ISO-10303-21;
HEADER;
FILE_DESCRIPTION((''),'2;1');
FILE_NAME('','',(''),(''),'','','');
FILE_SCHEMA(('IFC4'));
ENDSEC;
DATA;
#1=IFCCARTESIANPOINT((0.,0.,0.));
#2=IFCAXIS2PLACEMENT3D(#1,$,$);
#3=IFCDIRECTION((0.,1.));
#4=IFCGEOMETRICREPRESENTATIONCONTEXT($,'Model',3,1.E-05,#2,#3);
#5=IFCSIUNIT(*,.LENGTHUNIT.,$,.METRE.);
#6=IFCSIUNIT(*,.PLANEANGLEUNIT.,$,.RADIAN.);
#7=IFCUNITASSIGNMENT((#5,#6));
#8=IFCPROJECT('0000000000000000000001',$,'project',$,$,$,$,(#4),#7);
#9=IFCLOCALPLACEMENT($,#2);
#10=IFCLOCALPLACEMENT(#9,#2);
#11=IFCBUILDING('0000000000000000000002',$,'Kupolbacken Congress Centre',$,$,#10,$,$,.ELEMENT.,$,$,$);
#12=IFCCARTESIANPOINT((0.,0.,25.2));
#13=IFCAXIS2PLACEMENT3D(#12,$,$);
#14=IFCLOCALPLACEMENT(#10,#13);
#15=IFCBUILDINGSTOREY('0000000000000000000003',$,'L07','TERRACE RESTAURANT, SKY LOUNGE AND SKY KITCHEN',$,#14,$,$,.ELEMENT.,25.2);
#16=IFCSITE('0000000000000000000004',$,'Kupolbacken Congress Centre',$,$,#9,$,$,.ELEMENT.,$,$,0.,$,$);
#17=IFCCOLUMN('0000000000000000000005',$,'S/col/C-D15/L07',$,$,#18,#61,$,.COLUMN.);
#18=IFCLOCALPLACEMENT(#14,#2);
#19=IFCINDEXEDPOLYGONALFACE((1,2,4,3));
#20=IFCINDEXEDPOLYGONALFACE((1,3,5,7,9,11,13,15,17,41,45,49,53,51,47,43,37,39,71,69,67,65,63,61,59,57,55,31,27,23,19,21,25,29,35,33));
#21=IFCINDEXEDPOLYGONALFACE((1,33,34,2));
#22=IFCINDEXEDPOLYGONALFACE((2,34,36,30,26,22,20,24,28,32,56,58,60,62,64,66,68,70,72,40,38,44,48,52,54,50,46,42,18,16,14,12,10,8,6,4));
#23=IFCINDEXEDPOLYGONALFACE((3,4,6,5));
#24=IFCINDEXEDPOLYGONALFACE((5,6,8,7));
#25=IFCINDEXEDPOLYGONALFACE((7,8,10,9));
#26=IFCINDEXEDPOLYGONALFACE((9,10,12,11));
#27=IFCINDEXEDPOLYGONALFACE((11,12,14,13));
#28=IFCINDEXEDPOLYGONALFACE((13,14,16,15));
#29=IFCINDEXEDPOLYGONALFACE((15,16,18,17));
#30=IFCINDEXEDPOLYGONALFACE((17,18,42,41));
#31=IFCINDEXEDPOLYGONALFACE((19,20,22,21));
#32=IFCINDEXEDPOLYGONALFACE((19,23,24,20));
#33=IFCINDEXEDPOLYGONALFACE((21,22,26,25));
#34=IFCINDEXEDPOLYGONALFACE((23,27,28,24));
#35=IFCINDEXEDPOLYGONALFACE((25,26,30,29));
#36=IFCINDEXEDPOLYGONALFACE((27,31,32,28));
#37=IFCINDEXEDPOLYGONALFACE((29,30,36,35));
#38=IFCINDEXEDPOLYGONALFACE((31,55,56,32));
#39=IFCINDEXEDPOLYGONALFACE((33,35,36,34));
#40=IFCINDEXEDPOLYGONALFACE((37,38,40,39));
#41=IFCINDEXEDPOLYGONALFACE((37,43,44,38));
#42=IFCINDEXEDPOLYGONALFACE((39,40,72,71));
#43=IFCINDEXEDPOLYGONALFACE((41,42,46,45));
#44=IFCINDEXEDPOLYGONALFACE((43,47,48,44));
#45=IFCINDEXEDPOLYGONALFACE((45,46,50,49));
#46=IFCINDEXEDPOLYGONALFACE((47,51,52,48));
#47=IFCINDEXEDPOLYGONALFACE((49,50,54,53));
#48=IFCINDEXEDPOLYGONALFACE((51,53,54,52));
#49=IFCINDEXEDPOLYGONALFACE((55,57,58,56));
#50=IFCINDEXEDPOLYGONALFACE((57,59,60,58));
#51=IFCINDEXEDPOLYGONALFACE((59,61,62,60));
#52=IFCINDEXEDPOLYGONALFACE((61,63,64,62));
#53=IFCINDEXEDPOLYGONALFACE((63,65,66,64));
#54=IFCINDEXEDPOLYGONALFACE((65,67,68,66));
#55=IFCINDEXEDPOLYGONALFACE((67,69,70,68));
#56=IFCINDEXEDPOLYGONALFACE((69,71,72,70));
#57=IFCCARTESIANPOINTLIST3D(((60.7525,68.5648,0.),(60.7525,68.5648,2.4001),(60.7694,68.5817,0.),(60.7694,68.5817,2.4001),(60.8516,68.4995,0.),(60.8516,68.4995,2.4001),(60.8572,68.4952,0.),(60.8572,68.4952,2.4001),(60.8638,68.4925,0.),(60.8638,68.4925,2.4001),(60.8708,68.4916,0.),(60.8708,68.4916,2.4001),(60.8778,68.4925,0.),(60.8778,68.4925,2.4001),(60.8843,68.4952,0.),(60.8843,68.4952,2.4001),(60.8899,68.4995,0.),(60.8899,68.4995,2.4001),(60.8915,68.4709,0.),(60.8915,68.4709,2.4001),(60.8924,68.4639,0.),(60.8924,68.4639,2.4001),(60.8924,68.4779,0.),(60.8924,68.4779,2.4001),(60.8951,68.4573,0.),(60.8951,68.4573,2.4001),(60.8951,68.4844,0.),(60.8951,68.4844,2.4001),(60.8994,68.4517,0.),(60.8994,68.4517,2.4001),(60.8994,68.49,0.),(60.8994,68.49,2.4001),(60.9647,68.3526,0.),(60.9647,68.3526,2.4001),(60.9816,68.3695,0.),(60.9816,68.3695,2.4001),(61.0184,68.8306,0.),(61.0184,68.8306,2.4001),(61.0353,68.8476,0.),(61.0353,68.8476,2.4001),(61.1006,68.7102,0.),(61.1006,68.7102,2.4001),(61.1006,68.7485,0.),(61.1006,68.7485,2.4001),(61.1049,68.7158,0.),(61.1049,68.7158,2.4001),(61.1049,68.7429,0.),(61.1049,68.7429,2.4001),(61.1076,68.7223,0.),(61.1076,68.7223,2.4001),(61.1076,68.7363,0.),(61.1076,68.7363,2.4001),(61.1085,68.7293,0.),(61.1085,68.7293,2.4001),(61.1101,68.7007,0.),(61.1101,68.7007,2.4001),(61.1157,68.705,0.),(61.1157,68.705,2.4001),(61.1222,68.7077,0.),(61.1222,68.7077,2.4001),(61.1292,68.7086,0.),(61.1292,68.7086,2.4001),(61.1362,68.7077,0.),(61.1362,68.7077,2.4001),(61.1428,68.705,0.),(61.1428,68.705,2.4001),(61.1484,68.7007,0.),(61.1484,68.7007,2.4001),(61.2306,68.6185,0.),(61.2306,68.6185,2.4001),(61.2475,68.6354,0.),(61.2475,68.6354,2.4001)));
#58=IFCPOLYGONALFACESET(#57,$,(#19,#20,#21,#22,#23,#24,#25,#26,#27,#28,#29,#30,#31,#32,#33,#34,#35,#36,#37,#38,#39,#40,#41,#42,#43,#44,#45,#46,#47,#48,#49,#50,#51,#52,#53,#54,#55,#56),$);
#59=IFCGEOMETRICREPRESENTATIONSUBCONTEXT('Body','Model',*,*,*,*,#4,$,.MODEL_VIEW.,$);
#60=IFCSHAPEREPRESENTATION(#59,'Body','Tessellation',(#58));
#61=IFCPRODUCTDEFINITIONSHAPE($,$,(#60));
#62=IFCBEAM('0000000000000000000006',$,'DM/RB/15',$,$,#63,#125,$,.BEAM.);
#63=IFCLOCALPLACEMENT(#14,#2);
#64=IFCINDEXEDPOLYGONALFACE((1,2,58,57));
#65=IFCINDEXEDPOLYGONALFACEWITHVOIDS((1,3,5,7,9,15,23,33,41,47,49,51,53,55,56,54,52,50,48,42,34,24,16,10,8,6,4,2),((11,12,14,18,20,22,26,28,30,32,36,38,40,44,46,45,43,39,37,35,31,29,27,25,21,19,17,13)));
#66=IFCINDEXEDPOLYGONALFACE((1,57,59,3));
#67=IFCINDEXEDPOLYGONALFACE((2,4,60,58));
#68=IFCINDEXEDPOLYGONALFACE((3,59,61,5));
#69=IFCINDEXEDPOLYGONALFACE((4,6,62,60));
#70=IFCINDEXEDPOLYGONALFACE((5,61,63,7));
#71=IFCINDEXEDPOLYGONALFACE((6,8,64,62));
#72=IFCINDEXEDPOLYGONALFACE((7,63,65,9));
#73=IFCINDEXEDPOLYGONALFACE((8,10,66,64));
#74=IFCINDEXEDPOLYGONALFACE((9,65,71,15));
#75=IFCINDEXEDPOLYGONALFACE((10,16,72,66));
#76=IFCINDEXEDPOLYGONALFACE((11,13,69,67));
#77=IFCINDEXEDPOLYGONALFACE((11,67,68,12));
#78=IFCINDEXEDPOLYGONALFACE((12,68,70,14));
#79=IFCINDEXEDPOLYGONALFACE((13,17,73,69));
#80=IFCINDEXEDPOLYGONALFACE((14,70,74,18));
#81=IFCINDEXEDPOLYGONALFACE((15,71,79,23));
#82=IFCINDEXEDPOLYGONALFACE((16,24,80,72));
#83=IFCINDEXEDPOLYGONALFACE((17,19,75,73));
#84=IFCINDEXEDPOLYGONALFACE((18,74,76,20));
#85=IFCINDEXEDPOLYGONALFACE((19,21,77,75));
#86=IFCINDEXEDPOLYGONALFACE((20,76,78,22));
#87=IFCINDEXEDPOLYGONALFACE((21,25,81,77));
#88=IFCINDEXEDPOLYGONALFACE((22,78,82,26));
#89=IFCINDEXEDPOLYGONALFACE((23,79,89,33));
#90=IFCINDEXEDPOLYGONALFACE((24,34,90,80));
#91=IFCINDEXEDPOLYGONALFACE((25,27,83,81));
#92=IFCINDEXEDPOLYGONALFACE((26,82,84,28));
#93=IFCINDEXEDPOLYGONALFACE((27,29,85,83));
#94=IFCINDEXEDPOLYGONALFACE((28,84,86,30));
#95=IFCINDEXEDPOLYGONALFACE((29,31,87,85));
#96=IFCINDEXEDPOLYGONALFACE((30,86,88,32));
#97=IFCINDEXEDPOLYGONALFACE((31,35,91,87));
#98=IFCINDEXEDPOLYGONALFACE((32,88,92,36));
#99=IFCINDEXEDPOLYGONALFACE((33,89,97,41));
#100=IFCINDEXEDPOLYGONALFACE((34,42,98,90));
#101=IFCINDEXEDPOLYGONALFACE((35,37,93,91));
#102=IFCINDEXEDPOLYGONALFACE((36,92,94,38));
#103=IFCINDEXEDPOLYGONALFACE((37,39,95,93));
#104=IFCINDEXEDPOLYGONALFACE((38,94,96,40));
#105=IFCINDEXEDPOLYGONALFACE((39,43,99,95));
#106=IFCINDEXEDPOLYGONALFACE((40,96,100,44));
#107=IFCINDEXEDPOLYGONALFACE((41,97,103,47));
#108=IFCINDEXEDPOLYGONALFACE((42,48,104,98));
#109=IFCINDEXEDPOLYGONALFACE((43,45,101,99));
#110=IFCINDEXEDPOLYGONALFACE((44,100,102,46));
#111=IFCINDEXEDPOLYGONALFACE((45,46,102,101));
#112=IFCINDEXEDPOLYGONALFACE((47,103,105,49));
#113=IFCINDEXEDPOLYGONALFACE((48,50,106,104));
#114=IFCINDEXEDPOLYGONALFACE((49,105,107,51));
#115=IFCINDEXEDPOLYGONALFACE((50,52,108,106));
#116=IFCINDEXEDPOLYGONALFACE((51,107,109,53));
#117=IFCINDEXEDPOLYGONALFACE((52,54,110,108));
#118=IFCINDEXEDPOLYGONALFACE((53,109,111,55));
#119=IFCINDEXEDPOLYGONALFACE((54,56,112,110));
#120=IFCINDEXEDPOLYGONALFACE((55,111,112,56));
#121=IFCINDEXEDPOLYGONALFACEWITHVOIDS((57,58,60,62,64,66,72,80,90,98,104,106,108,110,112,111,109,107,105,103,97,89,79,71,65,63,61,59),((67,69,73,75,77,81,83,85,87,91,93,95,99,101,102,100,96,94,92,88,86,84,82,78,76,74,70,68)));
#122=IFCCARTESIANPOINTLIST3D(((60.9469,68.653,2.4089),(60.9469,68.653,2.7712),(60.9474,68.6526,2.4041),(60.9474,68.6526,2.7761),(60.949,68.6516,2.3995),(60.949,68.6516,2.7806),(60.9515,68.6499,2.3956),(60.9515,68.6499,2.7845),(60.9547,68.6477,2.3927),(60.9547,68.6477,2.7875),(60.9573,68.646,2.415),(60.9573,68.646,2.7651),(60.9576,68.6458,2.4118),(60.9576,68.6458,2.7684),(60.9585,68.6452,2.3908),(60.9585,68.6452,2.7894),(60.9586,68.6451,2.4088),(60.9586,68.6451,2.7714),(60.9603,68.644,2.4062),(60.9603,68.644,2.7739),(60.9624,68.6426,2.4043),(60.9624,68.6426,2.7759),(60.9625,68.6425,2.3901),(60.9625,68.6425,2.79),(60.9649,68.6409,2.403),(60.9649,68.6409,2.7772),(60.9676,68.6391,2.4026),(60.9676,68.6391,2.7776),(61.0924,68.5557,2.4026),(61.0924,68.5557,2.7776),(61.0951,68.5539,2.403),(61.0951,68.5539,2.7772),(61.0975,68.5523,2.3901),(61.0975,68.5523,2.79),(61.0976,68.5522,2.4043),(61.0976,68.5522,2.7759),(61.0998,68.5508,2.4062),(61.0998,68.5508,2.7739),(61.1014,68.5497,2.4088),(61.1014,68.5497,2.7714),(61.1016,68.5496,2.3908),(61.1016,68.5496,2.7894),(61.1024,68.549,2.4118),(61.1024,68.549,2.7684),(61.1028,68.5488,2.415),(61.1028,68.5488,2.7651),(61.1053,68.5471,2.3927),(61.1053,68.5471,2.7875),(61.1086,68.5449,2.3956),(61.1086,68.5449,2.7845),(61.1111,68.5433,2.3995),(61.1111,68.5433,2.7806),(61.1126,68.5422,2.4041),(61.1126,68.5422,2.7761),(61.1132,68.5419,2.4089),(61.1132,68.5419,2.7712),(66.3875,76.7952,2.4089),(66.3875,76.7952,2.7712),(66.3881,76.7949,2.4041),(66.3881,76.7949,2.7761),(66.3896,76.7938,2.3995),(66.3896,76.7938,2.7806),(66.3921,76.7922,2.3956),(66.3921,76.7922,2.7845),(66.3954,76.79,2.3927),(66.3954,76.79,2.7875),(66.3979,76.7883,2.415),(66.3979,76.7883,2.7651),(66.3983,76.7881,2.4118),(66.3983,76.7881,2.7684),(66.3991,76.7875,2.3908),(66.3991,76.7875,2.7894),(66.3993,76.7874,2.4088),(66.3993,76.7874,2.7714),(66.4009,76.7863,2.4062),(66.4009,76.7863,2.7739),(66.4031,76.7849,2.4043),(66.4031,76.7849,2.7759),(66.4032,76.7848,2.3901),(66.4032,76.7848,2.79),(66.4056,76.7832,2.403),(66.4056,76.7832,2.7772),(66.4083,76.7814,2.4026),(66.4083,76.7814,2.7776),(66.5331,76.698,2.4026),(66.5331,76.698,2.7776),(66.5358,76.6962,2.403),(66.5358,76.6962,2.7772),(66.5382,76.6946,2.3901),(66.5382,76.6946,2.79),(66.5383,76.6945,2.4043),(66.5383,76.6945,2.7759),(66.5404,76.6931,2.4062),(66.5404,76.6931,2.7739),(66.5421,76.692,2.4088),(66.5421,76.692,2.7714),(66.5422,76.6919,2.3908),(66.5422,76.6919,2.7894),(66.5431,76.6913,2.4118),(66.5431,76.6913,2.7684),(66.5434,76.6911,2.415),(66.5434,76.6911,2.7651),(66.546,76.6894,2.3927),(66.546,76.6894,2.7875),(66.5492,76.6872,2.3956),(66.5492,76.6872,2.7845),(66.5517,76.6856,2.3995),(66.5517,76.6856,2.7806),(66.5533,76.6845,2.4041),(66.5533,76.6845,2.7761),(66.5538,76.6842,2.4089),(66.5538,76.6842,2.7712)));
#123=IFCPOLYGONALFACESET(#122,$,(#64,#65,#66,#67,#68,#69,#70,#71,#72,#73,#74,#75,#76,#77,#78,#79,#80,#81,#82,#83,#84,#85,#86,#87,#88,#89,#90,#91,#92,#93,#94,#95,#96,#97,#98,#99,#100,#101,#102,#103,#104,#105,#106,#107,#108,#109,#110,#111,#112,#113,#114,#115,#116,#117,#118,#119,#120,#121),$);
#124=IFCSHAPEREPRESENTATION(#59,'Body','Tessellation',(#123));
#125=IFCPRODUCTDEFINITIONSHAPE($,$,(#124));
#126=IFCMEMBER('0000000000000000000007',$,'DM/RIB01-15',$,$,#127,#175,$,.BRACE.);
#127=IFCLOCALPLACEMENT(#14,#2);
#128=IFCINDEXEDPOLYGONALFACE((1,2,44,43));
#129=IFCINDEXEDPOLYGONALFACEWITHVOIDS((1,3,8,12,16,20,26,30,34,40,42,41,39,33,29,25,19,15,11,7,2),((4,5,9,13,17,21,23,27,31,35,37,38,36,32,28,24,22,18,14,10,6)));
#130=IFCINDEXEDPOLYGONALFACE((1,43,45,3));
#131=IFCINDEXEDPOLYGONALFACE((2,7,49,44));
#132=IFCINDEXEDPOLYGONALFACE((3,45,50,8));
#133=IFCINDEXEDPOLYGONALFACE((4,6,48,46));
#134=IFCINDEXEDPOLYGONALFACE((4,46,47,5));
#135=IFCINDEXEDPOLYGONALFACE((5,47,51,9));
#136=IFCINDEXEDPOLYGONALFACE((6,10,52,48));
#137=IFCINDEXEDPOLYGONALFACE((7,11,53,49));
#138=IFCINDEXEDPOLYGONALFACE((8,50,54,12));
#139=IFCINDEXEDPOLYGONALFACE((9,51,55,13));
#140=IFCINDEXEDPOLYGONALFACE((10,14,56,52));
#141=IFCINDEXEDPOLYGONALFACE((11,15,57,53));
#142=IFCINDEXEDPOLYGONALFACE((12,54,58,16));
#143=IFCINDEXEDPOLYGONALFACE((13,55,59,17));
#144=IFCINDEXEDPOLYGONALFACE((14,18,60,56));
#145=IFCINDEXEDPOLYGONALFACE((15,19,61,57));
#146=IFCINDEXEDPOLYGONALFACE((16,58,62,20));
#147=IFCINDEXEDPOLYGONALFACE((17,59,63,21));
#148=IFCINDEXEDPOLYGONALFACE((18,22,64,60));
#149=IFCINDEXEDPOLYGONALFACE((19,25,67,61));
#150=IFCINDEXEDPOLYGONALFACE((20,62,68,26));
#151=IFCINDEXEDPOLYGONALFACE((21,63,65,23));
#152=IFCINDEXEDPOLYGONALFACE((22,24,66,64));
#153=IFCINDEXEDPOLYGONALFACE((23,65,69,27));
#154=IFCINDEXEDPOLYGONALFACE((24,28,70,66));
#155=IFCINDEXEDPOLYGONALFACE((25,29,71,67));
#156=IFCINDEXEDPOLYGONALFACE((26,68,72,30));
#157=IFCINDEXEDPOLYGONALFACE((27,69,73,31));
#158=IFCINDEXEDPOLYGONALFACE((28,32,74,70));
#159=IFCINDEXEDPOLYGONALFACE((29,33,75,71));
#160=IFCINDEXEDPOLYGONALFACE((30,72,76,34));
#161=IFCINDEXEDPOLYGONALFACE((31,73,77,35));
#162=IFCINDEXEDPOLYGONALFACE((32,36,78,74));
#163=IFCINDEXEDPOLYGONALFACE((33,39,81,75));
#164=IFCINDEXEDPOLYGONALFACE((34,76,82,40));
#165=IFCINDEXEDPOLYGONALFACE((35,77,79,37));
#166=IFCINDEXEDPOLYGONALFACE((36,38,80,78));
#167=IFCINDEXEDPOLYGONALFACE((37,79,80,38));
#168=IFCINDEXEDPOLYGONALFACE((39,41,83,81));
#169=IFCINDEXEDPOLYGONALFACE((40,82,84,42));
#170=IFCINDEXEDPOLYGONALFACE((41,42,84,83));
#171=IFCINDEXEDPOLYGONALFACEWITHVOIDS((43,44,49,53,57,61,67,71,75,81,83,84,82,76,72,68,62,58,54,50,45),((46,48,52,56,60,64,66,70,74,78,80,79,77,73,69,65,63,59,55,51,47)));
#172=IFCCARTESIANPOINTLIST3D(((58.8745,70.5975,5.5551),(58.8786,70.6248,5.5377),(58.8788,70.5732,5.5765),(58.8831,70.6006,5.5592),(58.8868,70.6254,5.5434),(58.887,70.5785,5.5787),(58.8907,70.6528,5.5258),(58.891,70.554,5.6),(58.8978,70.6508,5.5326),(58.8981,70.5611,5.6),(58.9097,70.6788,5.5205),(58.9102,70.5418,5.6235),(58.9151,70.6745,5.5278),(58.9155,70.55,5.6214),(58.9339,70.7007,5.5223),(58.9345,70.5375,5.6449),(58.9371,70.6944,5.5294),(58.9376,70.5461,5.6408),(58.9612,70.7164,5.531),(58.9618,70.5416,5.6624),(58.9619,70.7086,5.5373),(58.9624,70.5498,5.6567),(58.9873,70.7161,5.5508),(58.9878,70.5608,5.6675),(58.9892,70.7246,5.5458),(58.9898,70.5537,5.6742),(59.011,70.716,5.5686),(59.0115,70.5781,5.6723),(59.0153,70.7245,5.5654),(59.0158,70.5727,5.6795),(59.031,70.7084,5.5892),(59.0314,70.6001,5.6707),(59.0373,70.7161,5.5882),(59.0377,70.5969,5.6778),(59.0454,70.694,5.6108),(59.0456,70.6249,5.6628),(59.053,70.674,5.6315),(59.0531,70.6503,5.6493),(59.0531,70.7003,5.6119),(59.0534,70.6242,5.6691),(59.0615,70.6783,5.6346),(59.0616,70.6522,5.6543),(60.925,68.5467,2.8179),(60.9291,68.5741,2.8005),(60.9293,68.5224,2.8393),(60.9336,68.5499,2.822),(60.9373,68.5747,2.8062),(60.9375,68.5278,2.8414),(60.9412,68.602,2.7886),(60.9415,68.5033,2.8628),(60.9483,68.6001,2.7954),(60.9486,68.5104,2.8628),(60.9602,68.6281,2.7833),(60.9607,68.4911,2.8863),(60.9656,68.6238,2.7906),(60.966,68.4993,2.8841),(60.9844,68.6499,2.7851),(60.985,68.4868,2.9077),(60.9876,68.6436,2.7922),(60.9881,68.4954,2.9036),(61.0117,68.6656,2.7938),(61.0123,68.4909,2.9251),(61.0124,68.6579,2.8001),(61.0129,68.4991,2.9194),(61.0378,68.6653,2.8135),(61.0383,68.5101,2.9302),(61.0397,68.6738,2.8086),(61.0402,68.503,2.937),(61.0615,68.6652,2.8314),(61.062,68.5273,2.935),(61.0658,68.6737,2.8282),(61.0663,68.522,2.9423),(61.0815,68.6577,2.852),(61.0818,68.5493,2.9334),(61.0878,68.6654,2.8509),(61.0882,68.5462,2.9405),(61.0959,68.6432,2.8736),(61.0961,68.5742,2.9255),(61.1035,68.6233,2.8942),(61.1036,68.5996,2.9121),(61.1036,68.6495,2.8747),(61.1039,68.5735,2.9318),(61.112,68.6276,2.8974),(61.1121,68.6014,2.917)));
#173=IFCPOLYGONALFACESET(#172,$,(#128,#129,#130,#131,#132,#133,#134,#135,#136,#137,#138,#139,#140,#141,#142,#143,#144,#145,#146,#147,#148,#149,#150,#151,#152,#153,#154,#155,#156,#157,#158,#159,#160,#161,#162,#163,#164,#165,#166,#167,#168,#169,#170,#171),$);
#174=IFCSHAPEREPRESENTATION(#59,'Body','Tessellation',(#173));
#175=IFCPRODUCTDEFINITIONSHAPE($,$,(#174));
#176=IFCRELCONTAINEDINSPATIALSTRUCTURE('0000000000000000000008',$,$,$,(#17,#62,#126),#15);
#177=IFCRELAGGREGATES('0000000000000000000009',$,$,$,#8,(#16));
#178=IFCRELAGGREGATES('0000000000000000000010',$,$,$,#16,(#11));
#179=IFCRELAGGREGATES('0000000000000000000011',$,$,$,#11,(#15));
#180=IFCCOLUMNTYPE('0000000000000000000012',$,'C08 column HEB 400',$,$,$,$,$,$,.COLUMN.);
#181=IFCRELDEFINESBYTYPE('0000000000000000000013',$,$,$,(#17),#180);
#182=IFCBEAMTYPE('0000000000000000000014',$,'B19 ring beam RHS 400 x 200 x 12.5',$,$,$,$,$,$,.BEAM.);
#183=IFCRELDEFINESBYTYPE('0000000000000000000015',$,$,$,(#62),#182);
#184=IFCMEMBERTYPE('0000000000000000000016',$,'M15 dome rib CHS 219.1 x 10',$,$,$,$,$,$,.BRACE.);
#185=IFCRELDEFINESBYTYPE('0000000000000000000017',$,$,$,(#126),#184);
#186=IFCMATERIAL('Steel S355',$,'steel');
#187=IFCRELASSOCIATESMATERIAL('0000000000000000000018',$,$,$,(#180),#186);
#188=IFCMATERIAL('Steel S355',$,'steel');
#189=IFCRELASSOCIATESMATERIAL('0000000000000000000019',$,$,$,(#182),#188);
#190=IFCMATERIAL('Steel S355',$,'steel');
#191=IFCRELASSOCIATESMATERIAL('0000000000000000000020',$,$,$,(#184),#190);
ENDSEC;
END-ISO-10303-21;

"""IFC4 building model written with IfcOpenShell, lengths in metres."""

from ifc_helpers import new_model, si_unit, direction, frame, origin, origin_2d, place, context, subcontext, project, spatial, hollow_rectangle, hollow_circle, i_section, extrude, material, material_profile, profile_set, type_object, element, save


model = new_model("IFC4")

# Units and contexts
model_context = context("Model", 3, precision=1e-05, world=origin(), true_north=direction((0.0, 1.0)))
body_context = subcontext(model_context, "Body", "Model", "MODEL_VIEW")
ifc_project = project(units=[si_unit("LENGTHUNIT", "METRE"), si_unit("PLANEANGLEUNIT", "RADIAN")], contexts=[model_context])

# Site, building, storey
site_placement = place(None, origin())
site = spatial("IfcSite", under=ifc_project, at=site_placement, Name="Kupolbacken Congress Centre", CompositionType="ELEMENT", RefElevation=0.0)
building_placement = place(site_placement, origin())
building = spatial("IfcBuilding", under=site, at=building_placement, Name="Kupolbacken Congress Centre", CompositionType="ELEMENT")
storey_placement = place(building_placement, frame((0.0, 0.0, 25.2)))
storey = spatial("IfcBuildingStorey", under=building, at=storey_placement, Name="L07", Description="TERRACE RESTAURANT, SKY LOUNGE AND SKY KITCHEN", CompositionType="ELEMENT", Elevation=25.2)

# Column
ifc_material_1 = material(Name="Steel S355", Category="steel")
ifc_material_profile_1 = material_profile(ifc_material_1, i_section(OverallWidth=0.3, OverallDepth=0.3999, WebThickness=0.0134, FlangeThickness=0.0239, FilletRadius=0.0271, at=origin_2d()), Name="HEB 400")
ifc_profile_set_1 = profile_set([ifc_material_profile_1], Name="Steel S355")
column_type = type_object("IfcColumnType", Name="C08 column HEB 400", PredefinedType="COLUMN", material=ifc_profile_set_1)
column_placement = place(storey_placement, frame((61.0, 68.6001, 0.0), z_axis=(0.0, 0.0, 1.0), x_axis=(0.707107, -0.707107, 0.0)))
element("IfcColumn", 1, at=column_placement, inside=storey, type_object=column_type, Name="S/col/C-D15/L07", PredefinedType="COLUMN", context=body_context, shape_type="SweptSolid", body=[
    extrude(i_section(OverallWidth=0.3, OverallDepth=0.3999, WebThickness=0.0134, FlangeThickness=0.0239, FilletRadius=0.0271, at=origin_2d()), origin(), (0.0, 0.0, 1.0), 2.4001),
])

# Beam
ifc_material_2 = material(Name="Steel S355", Category="steel")
ifc_material_profile_2 = material_profile(ifc_material_2, hollow_rectangle(XDim=0.2, YDim=0.3999, WallThickness=0.0125, InnerFilletRadius=0.0125, OuterFilletRadius=0.0188, at=origin_2d()), Name="RHS 400 x 200 x 12.5")
ifc_profile_set_2 = profile_set([ifc_material_profile_2], Name="Steel S355")
beam_type = type_object("IfcBeamType", Name="B19 ring beam RHS 400 x 200 x 12.5", PredefinedType="BEAM", material=ifc_profile_set_2)
beam_placement = place(storey_placement, frame((61.03, 68.5974, 2.5901), z_axis=(0.55558, 0.831463, 0.0), x_axis=(-0.831463, 0.55558, 0.0)))
element("IfcBeam", 2, at=beam_placement, inside=storey, type_object=beam_type, Name="DM/RB/15", PredefinedType="BEAM", context=body_context, shape_type="SweptSolid", body=[
    extrude(hollow_rectangle(XDim=0.2, YDim=0.3999, WallThickness=0.0125, InnerFilletRadius=0.0125, OuterFilletRadius=0.0188, at=origin_2d()), origin(), (0.0, 0.0, 1.0), 9.7927),
])

# Member
ifc_material_3 = material(Name="Steel S355", Category="steel")
ifc_material_profile_3 = material_profile(ifc_material_3, hollow_circle(Radius=0.1096, WallThickness=0.01, at=origin_2d()), Name="CHS 219.1 x 10")
ifc_profile_set_3 = profile_set([ifc_material_profile_3], Name="Steel S355")
member_type_1 = type_object("IfcMemberType", Name="M15 dome rib CHS 219.1 x 10", PredefinedType="BRACE", material=ifc_profile_set_3)
member_1_placement = place(storey_placement, frame((61.019, 68.5808, 2.8628), z_axis=(-0.514191, 0.514253, 0.686405), x_axis=(-0.707149, -0.707065, 0.0)))
element("IfcMember", 3, at=member_1_placement, inside=storey, type_object=member_type_1, Name="DM/RIB01-15", PredefinedType="BRACE", context=body_context, shape_type="SweptSolid", body=[
    extrude(hollow_circle(Radius=0.1096, WallThickness=0.01, at=origin_2d()), origin(), (0.0, 0.0, 1.0), 3.9878),
])

save(model, "model.ifc")
